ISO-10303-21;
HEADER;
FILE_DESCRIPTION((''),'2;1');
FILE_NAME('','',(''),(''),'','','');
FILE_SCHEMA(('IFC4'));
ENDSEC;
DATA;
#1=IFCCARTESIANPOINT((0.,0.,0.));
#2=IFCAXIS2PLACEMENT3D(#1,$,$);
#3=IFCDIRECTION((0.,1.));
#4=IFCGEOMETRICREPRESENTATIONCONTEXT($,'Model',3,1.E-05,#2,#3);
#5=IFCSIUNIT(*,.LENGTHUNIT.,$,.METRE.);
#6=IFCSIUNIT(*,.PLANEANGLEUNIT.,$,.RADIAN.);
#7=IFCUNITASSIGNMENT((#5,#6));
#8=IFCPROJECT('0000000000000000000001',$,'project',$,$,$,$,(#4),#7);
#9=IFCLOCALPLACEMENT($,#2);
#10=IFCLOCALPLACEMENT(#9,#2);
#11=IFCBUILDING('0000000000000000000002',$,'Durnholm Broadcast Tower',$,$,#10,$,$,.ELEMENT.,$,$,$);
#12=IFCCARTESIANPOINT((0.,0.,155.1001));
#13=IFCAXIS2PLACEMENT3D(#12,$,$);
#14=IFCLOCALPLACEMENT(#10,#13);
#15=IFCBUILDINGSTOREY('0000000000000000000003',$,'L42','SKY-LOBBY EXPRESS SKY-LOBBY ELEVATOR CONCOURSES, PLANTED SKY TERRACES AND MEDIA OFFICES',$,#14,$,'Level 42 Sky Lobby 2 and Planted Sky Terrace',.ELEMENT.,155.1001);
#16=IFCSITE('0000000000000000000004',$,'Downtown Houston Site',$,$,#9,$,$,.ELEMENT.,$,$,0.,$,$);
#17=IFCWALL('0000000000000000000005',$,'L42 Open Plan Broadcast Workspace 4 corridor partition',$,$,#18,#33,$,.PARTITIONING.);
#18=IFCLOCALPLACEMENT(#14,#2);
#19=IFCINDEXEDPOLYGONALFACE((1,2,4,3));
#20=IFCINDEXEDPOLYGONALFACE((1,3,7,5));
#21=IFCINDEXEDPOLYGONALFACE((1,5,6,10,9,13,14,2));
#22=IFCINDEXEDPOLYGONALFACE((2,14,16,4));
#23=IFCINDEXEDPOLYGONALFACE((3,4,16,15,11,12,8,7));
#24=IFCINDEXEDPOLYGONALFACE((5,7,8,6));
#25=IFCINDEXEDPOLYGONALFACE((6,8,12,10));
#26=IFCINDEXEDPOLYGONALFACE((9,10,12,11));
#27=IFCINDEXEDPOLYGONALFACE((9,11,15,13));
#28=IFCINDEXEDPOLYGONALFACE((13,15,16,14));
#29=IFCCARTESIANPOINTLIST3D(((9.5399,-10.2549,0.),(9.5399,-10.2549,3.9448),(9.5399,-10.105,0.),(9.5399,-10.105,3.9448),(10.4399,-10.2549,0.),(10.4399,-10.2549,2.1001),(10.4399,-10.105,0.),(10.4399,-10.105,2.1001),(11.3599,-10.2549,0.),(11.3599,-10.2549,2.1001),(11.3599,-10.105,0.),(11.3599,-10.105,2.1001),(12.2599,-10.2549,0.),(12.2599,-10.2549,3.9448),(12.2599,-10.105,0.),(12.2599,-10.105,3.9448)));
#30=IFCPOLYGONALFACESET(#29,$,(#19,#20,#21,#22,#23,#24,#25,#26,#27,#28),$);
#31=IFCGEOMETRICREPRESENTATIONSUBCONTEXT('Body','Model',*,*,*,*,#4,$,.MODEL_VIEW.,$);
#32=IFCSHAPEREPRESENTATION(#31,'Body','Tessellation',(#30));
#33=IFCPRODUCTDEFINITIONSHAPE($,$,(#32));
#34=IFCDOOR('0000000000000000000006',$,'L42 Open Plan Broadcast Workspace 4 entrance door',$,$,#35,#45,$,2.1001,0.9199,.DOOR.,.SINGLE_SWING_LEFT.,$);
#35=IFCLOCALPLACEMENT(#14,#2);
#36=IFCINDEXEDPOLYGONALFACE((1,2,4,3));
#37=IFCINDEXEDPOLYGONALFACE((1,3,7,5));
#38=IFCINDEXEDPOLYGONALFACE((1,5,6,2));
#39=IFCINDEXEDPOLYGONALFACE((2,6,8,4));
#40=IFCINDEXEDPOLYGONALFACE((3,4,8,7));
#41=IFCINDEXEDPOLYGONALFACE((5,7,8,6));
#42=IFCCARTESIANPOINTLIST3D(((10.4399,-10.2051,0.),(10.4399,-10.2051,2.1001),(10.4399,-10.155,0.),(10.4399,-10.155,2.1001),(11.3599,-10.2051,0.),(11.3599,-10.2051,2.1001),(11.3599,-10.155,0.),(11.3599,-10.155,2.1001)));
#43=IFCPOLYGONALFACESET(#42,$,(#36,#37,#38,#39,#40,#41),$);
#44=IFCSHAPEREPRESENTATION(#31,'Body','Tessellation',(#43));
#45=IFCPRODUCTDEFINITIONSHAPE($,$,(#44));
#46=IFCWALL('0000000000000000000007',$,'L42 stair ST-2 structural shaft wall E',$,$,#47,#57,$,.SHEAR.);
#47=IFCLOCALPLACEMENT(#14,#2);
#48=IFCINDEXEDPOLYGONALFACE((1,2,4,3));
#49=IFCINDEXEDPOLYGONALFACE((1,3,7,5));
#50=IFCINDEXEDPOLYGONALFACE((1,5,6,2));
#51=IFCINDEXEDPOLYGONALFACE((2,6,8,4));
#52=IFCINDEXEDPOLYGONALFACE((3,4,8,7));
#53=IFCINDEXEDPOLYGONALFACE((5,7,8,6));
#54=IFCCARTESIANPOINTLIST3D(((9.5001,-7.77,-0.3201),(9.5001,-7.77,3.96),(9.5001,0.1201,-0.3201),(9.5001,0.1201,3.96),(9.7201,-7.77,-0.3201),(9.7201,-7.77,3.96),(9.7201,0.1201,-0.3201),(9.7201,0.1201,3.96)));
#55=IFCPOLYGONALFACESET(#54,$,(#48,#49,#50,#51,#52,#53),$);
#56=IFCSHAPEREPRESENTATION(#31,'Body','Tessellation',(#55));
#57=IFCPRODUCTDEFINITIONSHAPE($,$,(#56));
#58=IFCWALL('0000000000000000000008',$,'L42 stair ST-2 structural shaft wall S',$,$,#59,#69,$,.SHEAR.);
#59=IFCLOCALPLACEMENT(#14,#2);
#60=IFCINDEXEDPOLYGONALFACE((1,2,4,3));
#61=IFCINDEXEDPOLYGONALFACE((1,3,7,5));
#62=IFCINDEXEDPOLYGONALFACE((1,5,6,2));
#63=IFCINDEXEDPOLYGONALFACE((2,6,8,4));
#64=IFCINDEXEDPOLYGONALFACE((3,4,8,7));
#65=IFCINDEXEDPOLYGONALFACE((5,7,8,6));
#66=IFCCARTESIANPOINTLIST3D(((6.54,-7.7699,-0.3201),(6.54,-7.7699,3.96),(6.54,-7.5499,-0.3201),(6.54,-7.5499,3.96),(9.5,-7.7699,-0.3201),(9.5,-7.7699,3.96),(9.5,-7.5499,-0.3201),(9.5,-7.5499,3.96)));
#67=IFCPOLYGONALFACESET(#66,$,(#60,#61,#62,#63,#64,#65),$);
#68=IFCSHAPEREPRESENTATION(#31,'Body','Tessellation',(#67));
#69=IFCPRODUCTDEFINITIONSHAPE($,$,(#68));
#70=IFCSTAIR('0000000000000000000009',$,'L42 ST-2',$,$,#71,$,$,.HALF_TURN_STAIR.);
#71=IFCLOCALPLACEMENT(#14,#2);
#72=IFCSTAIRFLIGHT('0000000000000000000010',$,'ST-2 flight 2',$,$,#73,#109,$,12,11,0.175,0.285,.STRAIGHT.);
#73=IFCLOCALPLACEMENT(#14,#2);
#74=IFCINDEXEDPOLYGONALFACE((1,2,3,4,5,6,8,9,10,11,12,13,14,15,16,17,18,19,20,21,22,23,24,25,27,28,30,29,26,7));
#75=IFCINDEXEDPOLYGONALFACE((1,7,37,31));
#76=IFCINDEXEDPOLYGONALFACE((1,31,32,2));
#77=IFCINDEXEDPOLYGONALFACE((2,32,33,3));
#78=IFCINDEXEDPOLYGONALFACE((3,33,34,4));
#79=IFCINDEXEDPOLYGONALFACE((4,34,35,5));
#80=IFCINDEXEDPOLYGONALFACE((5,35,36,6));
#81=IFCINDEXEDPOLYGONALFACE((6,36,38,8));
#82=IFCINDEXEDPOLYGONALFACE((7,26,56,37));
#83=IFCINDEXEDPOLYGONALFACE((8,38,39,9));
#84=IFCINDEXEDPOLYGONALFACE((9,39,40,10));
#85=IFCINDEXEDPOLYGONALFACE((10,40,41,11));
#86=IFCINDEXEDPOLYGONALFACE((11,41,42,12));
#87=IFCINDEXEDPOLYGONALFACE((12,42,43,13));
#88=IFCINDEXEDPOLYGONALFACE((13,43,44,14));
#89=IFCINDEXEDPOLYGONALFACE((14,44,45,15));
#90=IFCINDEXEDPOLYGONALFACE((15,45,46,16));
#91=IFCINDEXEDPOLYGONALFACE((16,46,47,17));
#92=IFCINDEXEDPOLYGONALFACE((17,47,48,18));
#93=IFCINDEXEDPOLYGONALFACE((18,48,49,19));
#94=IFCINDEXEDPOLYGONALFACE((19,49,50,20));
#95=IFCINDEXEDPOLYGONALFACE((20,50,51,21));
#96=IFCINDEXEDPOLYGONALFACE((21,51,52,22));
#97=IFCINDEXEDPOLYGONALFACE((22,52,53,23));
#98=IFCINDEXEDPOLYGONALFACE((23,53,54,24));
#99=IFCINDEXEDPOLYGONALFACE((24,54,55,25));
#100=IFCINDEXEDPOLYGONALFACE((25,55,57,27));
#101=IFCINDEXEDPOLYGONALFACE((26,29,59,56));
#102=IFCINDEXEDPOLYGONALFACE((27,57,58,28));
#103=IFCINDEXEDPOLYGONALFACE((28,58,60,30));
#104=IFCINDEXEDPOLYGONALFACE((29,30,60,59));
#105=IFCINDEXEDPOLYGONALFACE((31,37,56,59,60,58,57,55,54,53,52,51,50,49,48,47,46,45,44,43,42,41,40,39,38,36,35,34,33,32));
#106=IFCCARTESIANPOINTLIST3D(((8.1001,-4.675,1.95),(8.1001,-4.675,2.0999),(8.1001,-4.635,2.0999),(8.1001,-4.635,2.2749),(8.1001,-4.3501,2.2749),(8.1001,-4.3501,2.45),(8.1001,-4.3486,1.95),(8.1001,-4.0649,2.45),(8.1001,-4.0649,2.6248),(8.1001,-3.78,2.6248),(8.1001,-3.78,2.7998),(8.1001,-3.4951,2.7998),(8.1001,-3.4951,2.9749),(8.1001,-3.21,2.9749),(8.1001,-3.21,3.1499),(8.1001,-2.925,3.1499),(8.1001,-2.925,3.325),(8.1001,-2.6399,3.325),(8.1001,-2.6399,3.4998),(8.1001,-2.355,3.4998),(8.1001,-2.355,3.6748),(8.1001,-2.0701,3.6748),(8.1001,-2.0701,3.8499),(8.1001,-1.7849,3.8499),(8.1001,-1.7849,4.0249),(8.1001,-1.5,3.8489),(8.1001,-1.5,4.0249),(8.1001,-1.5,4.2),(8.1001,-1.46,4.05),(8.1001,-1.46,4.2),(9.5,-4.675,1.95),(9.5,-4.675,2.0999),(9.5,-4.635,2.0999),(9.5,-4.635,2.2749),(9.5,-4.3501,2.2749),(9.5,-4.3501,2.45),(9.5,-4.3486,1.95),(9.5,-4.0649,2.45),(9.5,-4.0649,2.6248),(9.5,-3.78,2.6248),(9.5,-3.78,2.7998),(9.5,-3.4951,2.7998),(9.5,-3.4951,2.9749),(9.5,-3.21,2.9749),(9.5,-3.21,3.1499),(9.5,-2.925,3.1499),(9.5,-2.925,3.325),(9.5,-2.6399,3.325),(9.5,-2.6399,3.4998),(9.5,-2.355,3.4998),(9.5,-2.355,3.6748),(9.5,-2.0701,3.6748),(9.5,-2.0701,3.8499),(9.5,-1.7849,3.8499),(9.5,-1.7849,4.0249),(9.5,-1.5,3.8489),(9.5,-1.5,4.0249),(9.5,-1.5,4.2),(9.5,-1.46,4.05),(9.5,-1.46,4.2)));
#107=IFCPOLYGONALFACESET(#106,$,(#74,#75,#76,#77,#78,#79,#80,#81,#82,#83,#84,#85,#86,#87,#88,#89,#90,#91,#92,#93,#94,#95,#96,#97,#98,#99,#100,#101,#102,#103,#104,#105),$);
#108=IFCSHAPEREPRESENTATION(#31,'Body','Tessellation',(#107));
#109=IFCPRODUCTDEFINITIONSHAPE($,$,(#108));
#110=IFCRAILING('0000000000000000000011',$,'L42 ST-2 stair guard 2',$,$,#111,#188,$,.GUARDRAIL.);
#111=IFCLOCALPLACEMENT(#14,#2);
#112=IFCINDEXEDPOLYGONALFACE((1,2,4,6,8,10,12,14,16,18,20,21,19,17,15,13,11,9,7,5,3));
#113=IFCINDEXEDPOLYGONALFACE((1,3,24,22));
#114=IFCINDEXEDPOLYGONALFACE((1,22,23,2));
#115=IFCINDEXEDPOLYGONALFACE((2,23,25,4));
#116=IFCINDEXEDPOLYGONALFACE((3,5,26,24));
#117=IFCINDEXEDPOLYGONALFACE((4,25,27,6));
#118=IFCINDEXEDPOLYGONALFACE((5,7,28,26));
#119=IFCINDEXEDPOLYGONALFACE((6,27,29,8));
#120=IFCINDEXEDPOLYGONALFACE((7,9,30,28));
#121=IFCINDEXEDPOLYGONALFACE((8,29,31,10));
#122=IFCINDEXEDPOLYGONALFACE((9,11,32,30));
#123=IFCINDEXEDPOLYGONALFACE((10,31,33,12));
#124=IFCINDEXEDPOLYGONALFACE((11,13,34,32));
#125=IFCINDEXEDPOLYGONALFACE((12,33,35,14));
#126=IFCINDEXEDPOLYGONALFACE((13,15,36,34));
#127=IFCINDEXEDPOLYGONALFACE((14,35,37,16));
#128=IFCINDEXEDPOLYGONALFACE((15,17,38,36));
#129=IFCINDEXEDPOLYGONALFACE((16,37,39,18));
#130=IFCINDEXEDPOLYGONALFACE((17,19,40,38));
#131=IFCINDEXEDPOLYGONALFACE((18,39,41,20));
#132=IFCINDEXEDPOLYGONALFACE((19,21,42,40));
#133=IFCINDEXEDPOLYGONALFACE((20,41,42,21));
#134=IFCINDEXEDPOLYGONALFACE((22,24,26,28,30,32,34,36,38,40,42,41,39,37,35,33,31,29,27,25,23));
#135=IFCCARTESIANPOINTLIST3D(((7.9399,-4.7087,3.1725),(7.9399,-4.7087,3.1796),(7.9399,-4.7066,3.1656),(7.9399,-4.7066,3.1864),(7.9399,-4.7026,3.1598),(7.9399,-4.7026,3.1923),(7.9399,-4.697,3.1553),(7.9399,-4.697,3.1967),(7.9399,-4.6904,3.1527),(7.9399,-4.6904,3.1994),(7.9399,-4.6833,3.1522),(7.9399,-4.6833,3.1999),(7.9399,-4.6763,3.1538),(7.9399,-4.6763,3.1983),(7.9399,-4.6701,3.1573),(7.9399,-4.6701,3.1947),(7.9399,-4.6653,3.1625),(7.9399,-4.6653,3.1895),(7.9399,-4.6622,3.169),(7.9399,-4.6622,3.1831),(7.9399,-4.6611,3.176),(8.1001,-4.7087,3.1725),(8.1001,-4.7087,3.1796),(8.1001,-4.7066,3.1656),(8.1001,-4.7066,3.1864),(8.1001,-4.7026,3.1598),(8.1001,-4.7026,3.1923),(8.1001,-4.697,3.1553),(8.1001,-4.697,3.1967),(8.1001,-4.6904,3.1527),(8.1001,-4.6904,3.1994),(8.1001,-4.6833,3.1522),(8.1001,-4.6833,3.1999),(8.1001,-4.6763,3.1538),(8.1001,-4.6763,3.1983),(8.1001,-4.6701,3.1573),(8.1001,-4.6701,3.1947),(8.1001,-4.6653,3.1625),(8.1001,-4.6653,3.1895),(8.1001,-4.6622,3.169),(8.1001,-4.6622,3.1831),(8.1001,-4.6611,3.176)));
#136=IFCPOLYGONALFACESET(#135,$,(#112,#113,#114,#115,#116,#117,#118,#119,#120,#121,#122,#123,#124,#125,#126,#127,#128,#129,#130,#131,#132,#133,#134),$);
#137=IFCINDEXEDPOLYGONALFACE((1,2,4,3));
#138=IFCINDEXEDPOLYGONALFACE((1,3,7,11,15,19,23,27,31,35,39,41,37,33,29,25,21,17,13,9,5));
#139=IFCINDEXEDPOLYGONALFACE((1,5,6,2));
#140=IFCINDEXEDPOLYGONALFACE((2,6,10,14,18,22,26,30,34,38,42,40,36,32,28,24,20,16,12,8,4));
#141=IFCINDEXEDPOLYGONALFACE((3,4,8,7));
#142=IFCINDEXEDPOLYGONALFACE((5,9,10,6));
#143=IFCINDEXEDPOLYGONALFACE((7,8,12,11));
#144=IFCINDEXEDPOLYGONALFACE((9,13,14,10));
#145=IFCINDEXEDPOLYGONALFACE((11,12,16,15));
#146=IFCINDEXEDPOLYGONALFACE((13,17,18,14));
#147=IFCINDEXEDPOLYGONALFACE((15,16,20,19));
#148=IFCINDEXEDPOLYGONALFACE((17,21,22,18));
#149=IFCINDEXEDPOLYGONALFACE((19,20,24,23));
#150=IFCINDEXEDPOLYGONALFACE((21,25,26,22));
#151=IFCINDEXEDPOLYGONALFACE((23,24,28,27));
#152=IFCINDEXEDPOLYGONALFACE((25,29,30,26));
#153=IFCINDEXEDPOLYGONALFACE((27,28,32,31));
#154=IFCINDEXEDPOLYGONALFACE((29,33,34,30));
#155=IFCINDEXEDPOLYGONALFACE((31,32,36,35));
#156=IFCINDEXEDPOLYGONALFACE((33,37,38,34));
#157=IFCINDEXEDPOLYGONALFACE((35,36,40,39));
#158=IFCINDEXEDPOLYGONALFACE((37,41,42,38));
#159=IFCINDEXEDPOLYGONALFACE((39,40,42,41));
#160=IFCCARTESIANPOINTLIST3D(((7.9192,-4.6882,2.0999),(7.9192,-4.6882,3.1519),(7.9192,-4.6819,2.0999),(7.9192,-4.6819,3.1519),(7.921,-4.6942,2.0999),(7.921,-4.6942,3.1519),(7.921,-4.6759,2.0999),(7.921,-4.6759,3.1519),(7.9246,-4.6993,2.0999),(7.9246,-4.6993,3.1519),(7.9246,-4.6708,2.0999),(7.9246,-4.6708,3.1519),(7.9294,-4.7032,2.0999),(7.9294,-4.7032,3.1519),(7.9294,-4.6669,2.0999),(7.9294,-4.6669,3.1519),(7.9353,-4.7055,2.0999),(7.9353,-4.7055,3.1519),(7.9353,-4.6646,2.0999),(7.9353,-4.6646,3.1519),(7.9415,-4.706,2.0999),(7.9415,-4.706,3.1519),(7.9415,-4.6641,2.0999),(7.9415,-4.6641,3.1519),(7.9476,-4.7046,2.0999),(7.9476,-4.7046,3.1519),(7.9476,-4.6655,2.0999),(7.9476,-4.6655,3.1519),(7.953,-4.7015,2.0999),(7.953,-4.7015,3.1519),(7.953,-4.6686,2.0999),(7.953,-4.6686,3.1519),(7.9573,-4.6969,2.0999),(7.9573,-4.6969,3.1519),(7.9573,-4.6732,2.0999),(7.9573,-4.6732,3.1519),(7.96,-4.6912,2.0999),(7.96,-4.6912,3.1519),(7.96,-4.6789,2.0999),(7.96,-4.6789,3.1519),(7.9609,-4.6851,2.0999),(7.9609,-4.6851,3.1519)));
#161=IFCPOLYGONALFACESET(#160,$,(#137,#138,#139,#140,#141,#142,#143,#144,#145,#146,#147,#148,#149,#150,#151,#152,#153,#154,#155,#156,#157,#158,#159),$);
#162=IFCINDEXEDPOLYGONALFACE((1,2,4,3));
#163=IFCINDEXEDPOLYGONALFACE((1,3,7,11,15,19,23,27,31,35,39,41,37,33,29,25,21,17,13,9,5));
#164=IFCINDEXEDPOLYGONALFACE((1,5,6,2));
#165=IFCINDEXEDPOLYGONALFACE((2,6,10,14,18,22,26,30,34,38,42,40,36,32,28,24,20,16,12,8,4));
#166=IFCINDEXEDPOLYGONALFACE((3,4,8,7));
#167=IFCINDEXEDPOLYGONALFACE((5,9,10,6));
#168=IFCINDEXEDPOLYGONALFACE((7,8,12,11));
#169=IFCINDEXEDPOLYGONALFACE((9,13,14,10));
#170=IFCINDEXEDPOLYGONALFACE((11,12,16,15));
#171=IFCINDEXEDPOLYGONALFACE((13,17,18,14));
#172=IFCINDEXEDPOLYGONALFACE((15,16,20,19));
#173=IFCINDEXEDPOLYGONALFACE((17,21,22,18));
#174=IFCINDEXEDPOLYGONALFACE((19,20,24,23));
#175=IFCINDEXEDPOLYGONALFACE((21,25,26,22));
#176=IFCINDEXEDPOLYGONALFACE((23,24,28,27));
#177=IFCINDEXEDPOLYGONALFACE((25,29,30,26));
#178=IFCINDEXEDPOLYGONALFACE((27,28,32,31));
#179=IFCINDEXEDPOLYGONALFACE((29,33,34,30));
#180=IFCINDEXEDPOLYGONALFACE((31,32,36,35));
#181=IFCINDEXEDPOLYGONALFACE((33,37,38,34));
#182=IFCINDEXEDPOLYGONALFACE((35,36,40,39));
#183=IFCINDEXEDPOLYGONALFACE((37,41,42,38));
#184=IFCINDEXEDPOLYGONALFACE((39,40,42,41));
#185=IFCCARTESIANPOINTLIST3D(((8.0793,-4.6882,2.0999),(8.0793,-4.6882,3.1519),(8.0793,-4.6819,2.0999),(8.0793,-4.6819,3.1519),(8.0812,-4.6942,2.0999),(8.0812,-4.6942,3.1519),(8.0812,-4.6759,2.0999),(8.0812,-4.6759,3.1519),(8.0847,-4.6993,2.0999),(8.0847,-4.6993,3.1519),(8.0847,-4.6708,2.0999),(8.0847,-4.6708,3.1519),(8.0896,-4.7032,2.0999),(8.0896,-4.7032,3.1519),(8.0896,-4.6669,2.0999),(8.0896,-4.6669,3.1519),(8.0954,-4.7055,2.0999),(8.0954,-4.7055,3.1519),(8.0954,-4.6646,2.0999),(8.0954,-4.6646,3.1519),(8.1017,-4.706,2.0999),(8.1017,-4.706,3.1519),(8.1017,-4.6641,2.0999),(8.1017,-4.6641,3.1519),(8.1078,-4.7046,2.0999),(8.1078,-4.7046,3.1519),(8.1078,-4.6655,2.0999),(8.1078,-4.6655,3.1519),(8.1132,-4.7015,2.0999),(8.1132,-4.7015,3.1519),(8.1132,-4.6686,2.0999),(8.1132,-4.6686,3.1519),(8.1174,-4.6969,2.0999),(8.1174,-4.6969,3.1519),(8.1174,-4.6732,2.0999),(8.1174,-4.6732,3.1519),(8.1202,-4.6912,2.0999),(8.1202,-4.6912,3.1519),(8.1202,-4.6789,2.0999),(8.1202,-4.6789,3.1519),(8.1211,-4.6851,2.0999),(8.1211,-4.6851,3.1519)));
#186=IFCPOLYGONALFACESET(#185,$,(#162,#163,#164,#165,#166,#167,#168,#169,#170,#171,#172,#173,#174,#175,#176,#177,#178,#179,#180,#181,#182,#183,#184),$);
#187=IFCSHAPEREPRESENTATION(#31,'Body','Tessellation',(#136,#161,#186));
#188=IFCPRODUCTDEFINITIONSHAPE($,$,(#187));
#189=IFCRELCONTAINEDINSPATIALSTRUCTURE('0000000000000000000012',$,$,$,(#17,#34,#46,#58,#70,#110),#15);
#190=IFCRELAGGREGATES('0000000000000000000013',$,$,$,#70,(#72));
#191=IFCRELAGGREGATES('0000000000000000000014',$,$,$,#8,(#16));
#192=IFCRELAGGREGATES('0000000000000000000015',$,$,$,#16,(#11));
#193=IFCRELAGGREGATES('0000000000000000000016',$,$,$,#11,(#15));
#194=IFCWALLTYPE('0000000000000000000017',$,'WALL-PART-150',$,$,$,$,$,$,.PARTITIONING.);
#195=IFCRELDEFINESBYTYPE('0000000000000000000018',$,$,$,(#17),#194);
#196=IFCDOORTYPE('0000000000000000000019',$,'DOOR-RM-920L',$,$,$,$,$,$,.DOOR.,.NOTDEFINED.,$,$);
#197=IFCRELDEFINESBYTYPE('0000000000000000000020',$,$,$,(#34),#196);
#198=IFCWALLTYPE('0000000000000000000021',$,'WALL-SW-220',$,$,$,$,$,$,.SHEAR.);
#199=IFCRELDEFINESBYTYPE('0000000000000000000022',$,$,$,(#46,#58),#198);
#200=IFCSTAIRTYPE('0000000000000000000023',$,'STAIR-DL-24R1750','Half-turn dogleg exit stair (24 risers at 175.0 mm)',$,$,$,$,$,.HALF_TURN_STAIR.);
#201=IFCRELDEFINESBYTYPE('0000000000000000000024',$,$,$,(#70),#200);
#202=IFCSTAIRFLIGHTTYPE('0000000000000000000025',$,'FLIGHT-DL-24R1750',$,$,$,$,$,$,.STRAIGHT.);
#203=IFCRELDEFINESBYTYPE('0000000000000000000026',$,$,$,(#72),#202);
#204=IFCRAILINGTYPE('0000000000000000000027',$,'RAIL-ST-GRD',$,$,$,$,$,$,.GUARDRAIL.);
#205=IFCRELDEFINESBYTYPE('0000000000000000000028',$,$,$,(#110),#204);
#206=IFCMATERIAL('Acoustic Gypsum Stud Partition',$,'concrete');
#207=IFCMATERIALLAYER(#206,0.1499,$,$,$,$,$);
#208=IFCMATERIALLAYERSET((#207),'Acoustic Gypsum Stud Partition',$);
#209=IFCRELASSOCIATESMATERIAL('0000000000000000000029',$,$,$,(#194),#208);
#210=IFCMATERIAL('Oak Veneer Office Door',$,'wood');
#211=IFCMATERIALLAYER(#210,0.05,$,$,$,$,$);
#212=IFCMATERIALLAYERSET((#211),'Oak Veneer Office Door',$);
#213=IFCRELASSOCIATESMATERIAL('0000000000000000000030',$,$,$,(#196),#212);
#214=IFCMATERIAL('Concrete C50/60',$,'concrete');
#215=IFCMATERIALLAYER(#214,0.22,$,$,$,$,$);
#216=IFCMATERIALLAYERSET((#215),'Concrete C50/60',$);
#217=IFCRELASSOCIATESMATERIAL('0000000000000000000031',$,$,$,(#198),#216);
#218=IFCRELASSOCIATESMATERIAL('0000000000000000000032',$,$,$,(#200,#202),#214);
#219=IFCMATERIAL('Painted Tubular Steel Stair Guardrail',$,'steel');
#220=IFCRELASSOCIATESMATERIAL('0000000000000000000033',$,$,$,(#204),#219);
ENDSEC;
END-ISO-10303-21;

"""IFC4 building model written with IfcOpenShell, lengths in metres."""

from ifc_helpers import new_model, si_unit, direction, frame, frame_2d, origin, origin_2d, place, context, subcontext, project, spatial, polyline, rectangle, circle, outline, extrude, source, transform, mapped, material, layer, layer_set, type_object, type_shapes, element, fill, aggregate, save


model = new_model("IFC4")

# Units and contexts
model_context = context("Model", 3, precision=1e-05, world=origin(), true_north=direction((0.0, 1.0)))
body_context = subcontext(model_context, "Body", "Model", "MODEL_VIEW")
ifc_project = project(units=[si_unit("LENGTHUNIT", "METRE"), si_unit("PLANEANGLEUNIT", "RADIAN")], contexts=[model_context])

# Site, building, storey
site_placement = place(None, origin())
site = spatial("IfcSite", under=ifc_project, at=site_placement, Name="Downtown Houston Site", CompositionType="ELEMENT", RefElevation=0.0)
building_placement = place(site_placement, origin())
building = spatial("IfcBuilding", under=site, at=building_placement, Name="Durnholm Broadcast Tower", CompositionType="ELEMENT")
storey_placement = place(building_placement, frame((0.0, 0.0, 155.1001)))
storey = spatial("IfcBuildingStorey", under=building, at=storey_placement, Name="L42", Description="SKY-LOBBY EXPRESS SKY-LOBBY ELEVATOR CONCOURSES, PLANTED SKY TERRACES AND MEDIA OFFICES", LongName="Level 42 Sky Lobby 2 and Planted Sky Terrace", CompositionType="ELEMENT", Elevation=155.1001)

# Wall, opening, door
ifc_material_1 = material(Name="Acoustic Gypsum Stud Partition", Category="concrete")
ifc_layer_1 = layer(ifc_material_1, 0.1499)
ifc_layer_set_1 = layer_set([ifc_layer_1], Name="Acoustic Gypsum Stud Partition")
wall_type_1 = type_object("IfcWallType", Name="WALL-PART-150", PredefinedType="PARTITIONING", material=ifc_layer_set_1)
wall_1_placement = place(storey_placement, frame((9.54, -10.1799, 0.0), z_axis=(0.0, 0.0, 1.0), x_axis=(1.0, 0.0, 0.0)))
wall_1 = element("IfcWall", 1, at=wall_1_placement, inside=storey, type_object=wall_type_1, Name="L42 Open Plan Broadcast Workspace 4 corridor partition", PredefinedType="PARTITIONING", context=body_context, shape_type="SweptSolid", body=[
    extrude(rectangle(XDim=2.72, YDim=0.1499, at=frame_2d((1.3599, 0.0))), origin(), (0.0, 0.0, 1.0), 3.9448),
])
opening_1_placement = place(wall_1_placement, frame((0.8999, 0.0, 0.0)))
opening_1 = element("IfcOpeningElement", 2, at=opening_1_placement, cuts=wall_1, PredefinedType="OPENING", context=body_context, shape_type="SweptSolid", body=[
    extrude(rectangle(XDim=0.9199, YDim=2.1001, at=frame_2d((0.46, 1.05))), frame((0.0, 0.085, 0.0), z_axis=(0.0, -1.0, 0.0), x_axis=(1.0, 0.0, 0.0)), (0.0, 0.0, 1.0), 0.1699),
])
ifc_material_2 = material(Name="Oak Veneer Office Door", Category="wood")
ifc_layer_2 = layer(ifc_material_2, 0.05)
ifc_layer_set_2 = layer_set([ifc_layer_2], Name="Oak Veneer Office Door")
door_type_1 = type_object("IfcDoorType", Name="DOOR-RM-920L", OperationType="NOTDEFINED", PredefinedType="DOOR", material=ifc_layer_set_2)
shared_shape_1 = source(origin(), body_context, "Body", "SweptSolid", [
    extrude(rectangle(XDim=0.9199, YDim=2.1001, at=frame_2d((0.46, 1.05))), frame((0.0, 0.0249, 0.0), z_axis=(0.0, -1.0, 0.0), x_axis=(1.0, 0.0, 0.0)), (0.0, 0.0, 1.0), 0.05),
])
type_shapes(door_type_1, [shared_shape_1])
door_1_placement = place(opening_1_placement, origin())
door_1 = element("IfcDoor", 3, at=door_1_placement, inside=storey, type_object=door_type_1, Name="L42 Open Plan Broadcast Workspace 4 entrance door", OperationType="SINGLE_SWING_LEFT", OverallHeight=2.1001, OverallWidth=0.9199, PredefinedType="DOOR", context=body_context, shape_type="MappedRepresentation", body=[
    mapped(shared_shape_1, transform((0.0, 0.0, 0.0), x_axis=(1.0, 0.0, 0.0), y_axis=(0.0, 1.0, 0.0), z_axis=(0.0, 0.0, 1.0), scale=1.0)),
])
fill(opening_1, door_1)

# Walls
ifc_material_3 = material(Name="Concrete C50/60", Category="concrete")
ifc_layer_3 = layer(ifc_material_3, 0.22)
ifc_layer_set_3 = layer_set([ifc_layer_3], Name="Concrete C50/60")
wall_type_2 = type_object("IfcWallType", Name="WALL-SW-220", PredefinedType="SHEAR", material=ifc_layer_set_3)
wall_2_placement = place(storey_placement, frame((9.6101, -7.77, -0.3201), z_axis=(0.0, 0.0, 1.0), x_axis=(0.0, 1.0, 0.0)))
element("IfcWall", 4, at=wall_2_placement, inside=storey, type_object=wall_type_2, Name="L42 stair ST-2 structural shaft wall E", PredefinedType="SHEAR", context=body_context, shape_type="SweptSolid", body=[
    extrude(rectangle(XDim=7.8901, YDim=0.22, at=frame_2d((3.9451, 0.0))), origin(), (0.0, 0.0, 1.0), 4.28),
])
wall_3_placement = place(storey_placement, frame((6.54, -7.6599, -0.3201), z_axis=(0.0, 0.0, 1.0), x_axis=(1.0, 0.0, 0.0)))
element("IfcWall", 5, at=wall_3_placement, inside=storey, type_object=wall_type_2, Name="L42 stair ST-2 structural shaft wall S", PredefinedType="SHEAR", context=body_context, shape_type="SweptSolid", body=[
    extrude(rectangle(XDim=2.96, YDim=0.22, at=frame_2d((1.48, 0.0))), origin(), (0.0, 0.0, 1.0), 4.28),
])

# Stair, stair flight
stair_type = type_object("IfcStairType", Name="STAIR-DL-24R1750", Description="Half-turn dogleg exit stair (24 risers at 175.0 mm)", PredefinedType="HALF_TURN_STAIR", material=ifc_material_3)
stair_placement = place(storey_placement, origin())
stair = element("IfcStair", 6, at=stair_placement, inside=storey, type_object=stair_type, Name="L42 ST-2", PredefinedType="HALF_TURN_STAIR")
stair_flight_type = type_object("IfcStairFlightType", Name="FLIGHT-DL-24R1750", PredefinedType="STRAIGHT", material=ifc_material_3)
stair_flight_placement = place(storey_placement, frame((8.8, -4.635, 2.0999), z_axis=(0.0, 0.0, 1.0), x_axis=(0.0, 1.0, 0.0)))
stair_flight = element("IfcStairFlight", 7, at=stair_flight_placement, type_object=stair_flight_type, Name="ST-2 flight 2", NumberOfRisers=12, NumberOfTreads=11, PredefinedType="STRAIGHT", RiserHeight=0.175, TreadLength=0.285, context=body_context, shape_type="SweptSolid", body=[
    extrude(outline(polyline([(-0.04, -0.1499), (-0.04, 0.0), (0.0, 0.0), (0.0, 0.175), (0.2849, 0.175), (0.2849, 0.3501), (0.5701, 0.3501), (0.5701, 0.5249), (0.855, 0.5249), (0.855, 0.7), (1.1399, 0.7), (1.1399, 0.875), (1.425, 0.875), (1.425, 1.05), (1.71, 1.05), (1.71, 1.2251), (1.9951, 1.2251), (1.9951, 1.3999), (2.28, 1.3999), (2.28, 1.575), (2.5649, 1.575), (2.5649, 1.75), (2.8501, 1.75), (2.8501, 1.925), (3.135, 1.925), (3.135, 2.1001), (3.175, 2.1001), (3.175, 1.9502), (3.135, 1.749), (0.2864, -0.1499), (-0.04, -0.1499)])), frame((0.0, 0.7, 0.0), z_axis=(0.0, -1.0, 0.0), x_axis=(1.0, 0.0, 0.0)), (0.0, 0.0, 1.0), 1.3999),
])
aggregate(stair, [stair_flight])

# Railing
ifc_material_4 = material(Name="Painted Tubular Steel Stair Guardrail", Category="steel")
railing_type_1 = type_object("IfcRailingType", Name="RAIL-ST-GRD", PredefinedType="GUARDRAIL", material=ifc_material_4)
railing_1_placement = place(storey_placement, frame((7.9399, -4.6851, 2.0999)))
element("IfcRailing", 8, at=railing_1_placement, inside=storey, type_object=railing_type_1, Name="L42 ST-2 stair guard 2", PredefinedType="GUARDRAIL", context=body_context, shape_type="SweptSolid", body=[
    extrude(circle(Radius=0.0239, at=origin_2d()), frame((0.0, 0.0, 1.0762), z_axis=(1.0, 0.0, 0.0), x_axis=(0.0, 1.0, 0.0)), (0.0, 0.0, 1.0), 0.1602),
    extrude(circle(Radius=0.021, at=origin_2d()), origin(), (0.0, 0.0, 1.0), 1.052),
    extrude(circle(Radius=0.021, at=origin_2d()), frame((0.1602, 0.0, 0.0)), (0.0, 0.0, 1.0), 1.052),
])

save(model, "model.ifc")
